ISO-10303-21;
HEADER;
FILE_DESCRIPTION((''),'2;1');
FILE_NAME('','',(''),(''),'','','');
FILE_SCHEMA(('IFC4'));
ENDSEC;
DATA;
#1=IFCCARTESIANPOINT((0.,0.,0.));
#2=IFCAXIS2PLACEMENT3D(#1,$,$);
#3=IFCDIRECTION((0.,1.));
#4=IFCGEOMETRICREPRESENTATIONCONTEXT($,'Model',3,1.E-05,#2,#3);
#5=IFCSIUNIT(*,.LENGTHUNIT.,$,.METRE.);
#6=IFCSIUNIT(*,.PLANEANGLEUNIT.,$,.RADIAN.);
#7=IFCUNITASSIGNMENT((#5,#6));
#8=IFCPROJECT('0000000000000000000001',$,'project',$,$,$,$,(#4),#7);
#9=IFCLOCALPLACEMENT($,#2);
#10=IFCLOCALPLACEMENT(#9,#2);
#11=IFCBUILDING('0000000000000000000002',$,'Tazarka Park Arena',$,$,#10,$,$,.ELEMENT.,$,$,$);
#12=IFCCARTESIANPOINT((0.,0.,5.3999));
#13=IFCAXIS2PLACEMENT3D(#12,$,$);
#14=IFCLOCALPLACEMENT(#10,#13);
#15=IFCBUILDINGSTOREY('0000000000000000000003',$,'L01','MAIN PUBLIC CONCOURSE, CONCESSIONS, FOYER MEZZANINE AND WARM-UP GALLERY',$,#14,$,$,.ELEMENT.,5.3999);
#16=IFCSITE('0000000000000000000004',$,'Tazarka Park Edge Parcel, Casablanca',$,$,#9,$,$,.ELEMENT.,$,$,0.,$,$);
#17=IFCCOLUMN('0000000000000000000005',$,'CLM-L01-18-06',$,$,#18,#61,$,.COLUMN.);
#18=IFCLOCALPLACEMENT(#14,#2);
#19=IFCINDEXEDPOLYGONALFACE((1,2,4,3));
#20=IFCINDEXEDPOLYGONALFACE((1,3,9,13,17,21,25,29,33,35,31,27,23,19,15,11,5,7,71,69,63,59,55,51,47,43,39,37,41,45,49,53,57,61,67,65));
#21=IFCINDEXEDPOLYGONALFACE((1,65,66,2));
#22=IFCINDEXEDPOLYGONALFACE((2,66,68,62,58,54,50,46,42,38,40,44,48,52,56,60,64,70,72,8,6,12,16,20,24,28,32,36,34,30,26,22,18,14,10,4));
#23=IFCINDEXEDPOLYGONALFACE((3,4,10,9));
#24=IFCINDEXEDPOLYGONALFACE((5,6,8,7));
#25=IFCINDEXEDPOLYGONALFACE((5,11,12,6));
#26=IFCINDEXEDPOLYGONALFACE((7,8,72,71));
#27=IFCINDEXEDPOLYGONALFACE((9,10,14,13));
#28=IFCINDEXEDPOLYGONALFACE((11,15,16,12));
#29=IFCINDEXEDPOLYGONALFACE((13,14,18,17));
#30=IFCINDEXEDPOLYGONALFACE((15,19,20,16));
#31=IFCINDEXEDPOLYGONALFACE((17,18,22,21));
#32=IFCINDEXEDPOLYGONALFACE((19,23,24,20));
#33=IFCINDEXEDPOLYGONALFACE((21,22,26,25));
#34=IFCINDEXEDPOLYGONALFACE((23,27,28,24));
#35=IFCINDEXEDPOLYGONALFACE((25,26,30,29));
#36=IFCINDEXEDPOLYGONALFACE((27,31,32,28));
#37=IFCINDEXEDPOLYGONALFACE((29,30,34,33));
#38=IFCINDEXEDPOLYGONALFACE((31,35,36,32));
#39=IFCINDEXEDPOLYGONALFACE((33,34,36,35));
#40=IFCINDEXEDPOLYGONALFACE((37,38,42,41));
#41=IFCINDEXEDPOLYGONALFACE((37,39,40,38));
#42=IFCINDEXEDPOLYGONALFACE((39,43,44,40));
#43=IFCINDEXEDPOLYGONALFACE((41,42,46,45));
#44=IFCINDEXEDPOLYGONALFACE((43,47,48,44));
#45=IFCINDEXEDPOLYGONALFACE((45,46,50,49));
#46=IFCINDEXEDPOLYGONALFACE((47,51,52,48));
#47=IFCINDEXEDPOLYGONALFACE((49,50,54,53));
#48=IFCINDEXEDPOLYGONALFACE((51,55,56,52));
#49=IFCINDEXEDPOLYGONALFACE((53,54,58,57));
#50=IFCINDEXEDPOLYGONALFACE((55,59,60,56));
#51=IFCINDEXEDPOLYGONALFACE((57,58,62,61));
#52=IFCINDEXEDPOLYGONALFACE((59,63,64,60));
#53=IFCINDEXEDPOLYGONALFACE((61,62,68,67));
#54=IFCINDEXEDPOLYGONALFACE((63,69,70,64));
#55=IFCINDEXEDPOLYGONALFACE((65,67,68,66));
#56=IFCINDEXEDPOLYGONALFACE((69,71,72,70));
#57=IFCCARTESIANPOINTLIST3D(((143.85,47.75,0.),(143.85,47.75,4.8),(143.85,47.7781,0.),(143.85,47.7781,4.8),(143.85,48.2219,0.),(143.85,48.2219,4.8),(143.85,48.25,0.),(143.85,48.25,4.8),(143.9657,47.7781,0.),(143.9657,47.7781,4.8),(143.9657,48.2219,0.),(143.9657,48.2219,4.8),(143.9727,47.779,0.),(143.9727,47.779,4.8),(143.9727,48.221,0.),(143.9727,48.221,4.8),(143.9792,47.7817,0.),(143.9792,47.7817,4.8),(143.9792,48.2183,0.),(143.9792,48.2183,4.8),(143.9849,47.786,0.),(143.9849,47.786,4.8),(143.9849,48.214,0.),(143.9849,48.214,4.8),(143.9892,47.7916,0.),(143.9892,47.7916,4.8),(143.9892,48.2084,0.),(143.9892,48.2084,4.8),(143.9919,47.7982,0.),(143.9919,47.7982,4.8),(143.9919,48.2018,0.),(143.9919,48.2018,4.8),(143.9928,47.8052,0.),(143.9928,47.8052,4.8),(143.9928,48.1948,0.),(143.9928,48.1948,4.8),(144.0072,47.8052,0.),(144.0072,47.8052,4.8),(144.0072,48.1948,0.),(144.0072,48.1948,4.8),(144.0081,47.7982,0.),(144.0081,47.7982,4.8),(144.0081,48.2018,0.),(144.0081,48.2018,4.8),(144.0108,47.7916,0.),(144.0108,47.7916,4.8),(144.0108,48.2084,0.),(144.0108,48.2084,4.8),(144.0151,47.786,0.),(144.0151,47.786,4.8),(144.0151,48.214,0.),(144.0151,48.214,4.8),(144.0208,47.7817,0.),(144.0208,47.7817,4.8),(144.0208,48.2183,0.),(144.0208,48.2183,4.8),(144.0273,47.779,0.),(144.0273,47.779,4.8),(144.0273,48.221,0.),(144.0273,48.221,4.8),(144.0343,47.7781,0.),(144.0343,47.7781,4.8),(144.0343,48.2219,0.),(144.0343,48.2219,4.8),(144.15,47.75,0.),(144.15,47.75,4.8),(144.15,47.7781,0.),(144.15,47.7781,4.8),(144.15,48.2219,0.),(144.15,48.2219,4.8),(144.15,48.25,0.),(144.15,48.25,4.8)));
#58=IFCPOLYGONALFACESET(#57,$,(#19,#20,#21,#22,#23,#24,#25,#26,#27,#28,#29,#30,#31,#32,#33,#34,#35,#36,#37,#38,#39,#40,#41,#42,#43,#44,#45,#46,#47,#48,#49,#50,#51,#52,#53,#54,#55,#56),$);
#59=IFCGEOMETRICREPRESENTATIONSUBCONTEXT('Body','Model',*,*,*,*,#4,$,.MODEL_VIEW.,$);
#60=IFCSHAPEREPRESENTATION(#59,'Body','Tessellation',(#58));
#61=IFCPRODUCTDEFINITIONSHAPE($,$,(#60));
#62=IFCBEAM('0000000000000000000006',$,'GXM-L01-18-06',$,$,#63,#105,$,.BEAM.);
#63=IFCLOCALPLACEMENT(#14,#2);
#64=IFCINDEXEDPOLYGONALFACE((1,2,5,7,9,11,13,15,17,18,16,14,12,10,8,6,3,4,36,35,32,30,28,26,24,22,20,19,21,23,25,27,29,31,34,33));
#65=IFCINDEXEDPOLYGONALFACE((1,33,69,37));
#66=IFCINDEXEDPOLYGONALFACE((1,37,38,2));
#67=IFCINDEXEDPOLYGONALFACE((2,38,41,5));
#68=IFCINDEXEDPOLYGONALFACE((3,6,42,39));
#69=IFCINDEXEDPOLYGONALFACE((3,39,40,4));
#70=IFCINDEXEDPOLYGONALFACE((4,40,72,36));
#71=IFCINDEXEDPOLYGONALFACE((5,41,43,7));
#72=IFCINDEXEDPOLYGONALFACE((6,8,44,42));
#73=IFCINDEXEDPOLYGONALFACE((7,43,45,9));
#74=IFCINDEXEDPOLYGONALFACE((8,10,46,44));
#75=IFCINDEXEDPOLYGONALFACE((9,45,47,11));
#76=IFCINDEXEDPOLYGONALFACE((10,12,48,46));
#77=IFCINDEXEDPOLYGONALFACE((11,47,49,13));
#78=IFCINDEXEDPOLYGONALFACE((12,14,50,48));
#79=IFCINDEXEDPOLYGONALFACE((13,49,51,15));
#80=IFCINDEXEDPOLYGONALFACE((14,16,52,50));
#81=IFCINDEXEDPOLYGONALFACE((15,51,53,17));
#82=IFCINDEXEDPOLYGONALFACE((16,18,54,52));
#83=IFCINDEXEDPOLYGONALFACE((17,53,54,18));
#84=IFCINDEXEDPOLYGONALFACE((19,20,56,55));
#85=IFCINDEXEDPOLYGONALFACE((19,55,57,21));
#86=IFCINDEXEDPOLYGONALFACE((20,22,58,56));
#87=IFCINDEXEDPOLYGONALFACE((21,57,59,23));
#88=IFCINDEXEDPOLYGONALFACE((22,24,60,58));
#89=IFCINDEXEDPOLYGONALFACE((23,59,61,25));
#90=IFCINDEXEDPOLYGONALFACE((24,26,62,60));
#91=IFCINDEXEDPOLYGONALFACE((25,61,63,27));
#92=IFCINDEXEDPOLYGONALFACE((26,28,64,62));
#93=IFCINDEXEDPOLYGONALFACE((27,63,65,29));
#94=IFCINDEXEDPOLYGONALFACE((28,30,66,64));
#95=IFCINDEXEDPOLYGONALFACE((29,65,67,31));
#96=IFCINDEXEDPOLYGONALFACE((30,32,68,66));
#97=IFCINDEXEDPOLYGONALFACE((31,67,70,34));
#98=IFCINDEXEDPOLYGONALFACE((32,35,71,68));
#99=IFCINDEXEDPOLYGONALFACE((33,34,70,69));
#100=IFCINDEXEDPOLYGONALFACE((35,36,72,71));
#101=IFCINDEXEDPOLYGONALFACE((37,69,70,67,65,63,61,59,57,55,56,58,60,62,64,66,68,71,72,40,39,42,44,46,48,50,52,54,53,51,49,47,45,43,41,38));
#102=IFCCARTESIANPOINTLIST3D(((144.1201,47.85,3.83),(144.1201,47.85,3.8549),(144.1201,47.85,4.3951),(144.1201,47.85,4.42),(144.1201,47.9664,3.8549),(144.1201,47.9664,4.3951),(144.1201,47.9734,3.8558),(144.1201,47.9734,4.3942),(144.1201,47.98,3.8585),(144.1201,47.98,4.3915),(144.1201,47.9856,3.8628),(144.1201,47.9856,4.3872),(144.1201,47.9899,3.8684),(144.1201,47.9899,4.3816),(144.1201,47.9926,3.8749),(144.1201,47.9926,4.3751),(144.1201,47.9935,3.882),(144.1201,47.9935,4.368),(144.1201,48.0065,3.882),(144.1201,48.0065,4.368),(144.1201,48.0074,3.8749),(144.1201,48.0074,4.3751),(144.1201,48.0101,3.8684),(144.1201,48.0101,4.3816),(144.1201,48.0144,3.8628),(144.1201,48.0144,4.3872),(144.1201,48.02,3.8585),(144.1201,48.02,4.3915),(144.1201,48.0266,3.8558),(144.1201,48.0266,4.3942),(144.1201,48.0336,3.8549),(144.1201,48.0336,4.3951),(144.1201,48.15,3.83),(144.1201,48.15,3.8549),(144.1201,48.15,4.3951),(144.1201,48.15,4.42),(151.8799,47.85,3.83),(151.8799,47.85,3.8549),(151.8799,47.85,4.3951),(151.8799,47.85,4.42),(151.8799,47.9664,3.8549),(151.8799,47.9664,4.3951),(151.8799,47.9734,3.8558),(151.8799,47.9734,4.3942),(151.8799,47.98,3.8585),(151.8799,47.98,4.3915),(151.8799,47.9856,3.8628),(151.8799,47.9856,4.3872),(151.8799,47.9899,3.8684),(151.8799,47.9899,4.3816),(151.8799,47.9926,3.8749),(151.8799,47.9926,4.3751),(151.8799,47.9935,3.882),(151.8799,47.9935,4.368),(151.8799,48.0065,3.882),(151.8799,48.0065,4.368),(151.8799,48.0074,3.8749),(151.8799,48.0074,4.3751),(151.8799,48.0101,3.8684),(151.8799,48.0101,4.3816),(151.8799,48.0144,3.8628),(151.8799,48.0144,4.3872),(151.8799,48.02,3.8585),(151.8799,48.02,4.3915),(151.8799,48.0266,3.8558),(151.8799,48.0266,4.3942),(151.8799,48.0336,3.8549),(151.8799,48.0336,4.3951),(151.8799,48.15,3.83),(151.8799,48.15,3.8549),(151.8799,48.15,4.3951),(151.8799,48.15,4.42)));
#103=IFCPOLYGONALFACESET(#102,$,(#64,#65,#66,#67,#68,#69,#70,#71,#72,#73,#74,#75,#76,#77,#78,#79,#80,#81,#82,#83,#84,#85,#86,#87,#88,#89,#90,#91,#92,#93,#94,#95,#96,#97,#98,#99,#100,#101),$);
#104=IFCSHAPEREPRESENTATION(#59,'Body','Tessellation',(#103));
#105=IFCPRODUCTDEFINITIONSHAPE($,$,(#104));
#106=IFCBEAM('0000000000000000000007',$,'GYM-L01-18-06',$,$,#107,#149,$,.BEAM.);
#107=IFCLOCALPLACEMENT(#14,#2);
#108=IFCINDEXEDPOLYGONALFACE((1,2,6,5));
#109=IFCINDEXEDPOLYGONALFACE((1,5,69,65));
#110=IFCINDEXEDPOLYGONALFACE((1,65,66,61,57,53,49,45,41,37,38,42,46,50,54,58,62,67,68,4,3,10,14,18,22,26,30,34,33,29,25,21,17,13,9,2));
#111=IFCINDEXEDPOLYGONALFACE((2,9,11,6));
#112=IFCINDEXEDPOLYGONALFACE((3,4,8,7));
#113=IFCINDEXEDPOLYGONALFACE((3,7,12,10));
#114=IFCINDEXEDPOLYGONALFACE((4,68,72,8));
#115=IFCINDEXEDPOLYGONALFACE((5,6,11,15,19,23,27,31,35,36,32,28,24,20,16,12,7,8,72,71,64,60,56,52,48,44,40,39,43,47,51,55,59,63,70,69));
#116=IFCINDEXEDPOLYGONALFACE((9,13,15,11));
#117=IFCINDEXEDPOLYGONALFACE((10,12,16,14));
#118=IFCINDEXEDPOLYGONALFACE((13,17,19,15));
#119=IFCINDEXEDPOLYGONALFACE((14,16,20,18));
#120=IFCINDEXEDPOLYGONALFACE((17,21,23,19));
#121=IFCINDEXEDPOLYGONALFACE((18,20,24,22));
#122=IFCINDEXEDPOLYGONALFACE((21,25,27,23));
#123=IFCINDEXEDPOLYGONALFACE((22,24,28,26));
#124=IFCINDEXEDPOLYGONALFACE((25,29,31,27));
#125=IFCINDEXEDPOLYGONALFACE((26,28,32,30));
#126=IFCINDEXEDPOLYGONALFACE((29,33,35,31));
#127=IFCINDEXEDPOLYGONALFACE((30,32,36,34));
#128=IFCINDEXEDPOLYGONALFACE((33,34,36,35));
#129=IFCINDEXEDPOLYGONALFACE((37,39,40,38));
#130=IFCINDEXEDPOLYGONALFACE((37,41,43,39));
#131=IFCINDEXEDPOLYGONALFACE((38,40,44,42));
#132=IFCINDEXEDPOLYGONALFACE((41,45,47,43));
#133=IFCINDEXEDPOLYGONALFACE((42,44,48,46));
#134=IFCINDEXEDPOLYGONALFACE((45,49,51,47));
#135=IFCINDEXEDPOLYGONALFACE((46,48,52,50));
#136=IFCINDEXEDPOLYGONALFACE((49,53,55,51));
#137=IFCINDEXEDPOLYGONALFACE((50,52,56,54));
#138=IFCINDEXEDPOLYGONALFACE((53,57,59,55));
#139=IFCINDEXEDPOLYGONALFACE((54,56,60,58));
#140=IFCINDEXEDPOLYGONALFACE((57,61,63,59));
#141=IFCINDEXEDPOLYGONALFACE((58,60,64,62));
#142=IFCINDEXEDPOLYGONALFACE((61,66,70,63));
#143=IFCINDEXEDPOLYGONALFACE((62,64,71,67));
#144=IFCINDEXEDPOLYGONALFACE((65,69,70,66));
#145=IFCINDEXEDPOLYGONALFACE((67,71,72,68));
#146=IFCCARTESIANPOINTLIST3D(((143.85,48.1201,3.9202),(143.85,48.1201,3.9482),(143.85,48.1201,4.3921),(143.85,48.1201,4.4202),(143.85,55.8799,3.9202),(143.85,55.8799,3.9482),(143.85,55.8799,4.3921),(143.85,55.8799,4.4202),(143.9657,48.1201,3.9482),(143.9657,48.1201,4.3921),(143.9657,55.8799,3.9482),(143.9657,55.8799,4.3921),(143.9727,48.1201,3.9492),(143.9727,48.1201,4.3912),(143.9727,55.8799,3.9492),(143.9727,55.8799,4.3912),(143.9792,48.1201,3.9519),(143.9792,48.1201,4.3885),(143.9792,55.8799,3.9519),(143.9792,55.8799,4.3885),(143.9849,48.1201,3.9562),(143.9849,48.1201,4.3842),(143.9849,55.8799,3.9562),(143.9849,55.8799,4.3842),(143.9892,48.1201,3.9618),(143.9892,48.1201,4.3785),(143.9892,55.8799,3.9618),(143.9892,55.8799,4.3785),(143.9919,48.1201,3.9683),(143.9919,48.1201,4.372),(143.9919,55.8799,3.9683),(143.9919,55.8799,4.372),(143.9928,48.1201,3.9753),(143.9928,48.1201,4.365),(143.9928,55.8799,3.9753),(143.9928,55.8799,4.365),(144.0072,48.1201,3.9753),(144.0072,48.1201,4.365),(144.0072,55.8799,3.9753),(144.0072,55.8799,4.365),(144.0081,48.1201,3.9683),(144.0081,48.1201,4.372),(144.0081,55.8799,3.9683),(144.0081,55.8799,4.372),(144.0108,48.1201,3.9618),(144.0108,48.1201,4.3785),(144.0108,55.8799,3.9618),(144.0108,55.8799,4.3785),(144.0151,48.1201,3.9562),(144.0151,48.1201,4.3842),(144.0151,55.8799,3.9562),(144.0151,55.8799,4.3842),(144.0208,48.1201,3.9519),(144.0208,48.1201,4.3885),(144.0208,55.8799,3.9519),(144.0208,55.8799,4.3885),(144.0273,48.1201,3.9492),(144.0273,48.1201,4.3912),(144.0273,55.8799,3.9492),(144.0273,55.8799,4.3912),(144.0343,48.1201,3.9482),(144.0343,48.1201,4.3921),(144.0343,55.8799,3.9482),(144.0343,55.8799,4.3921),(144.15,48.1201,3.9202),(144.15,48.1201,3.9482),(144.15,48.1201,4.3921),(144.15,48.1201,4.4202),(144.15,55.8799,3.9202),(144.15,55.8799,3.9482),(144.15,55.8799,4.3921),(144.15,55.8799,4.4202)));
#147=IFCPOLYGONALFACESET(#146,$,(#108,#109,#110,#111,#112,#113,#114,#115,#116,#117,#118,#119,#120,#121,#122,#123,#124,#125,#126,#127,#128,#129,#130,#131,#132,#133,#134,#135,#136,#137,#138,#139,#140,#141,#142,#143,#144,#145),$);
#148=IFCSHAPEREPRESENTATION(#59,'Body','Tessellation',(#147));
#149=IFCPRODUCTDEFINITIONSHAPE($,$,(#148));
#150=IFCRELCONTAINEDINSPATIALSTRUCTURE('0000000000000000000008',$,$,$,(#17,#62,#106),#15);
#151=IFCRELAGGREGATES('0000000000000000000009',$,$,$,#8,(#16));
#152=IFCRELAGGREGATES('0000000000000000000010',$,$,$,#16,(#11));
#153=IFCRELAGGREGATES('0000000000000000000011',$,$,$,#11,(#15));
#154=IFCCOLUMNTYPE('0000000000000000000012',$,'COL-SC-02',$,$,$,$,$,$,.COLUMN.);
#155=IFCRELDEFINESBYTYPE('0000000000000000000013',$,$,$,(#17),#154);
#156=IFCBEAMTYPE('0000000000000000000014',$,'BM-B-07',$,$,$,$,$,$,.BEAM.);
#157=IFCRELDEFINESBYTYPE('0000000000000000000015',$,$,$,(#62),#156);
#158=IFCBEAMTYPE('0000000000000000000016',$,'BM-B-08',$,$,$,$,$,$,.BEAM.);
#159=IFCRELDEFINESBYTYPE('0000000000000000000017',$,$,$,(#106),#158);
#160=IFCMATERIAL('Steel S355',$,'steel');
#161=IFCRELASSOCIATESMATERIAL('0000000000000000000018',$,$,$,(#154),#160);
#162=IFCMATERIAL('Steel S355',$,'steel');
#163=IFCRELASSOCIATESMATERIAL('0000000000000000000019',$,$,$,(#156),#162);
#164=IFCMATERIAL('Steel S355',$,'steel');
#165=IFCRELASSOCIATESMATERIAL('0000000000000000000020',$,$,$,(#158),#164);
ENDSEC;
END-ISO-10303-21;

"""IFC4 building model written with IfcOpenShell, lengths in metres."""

from ifc_helpers import new_model, si_unit, direction, frame, origin, origin_2d, place, context, subcontext, project, spatial, i_section, extrude, material, material_profile, profile_set, type_object, element, save


model = new_model("IFC4")

# Units and contexts
model_context = context("Model", 3, precision=1e-05, world=origin(), true_north=direction((0.0, 1.0)))
body_context = subcontext(model_context, "Body", "Model", "MODEL_VIEW")
ifc_project = project(units=[si_unit("LENGTHUNIT", "METRE"), si_unit("PLANEANGLEUNIT", "RADIAN")], contexts=[model_context])

# Site, building, storey
site_placement = place(None, origin())
site = spatial("IfcSite", under=ifc_project, at=site_placement, Name="Tazarka Park Edge Parcel, Casablanca", CompositionType="ELEMENT", RefElevation=0.0)
building_placement = place(site_placement, origin())
building = spatial("IfcBuilding", under=site, at=building_placement, Name="Tazarka Park Arena", CompositionType="ELEMENT")
storey_placement = place(building_placement, frame((0.0, 0.0, 5.3999)))
storey = spatial("IfcBuildingStorey", under=building, at=storey_placement, Name="L01", Description="MAIN PUBLIC CONCOURSE, CONCESSIONS, FOYER MEZZANINE AND WARM-UP GALLERY", CompositionType="ELEMENT", Elevation=5.3999)

# Column
ifc_material_1 = material(Name="Steel S355", Category="steel")
ifc_material_profile_1 = material_profile(ifc_material_1, i_section(OverallWidth=0.3, OverallDepth=0.5, WebThickness=0.0144, FlangeThickness=0.0281, FilletRadius=0.0271, at=origin_2d()), Name="Steel S355")
ifc_profile_set_1 = profile_set([ifc_material_profile_1], Name="Steel S355")
column_type = type_object("IfcColumnType", Name="COL-SC-02", PredefinedType="COLUMN", material=ifc_profile_set_1)
column_placement = place(storey_placement, frame((144.0, 48.0, 0.0), z_axis=(0.0, 0.0, 1.0), x_axis=(1.0, 0.0, 0.0)))
element("IfcColumn", 1, at=column_placement, inside=storey, type_object=column_type, Name="CLM-L01-18-06", PredefinedType="COLUMN", context=body_context, shape_type="SweptSolid", body=[
    extrude(i_section(OverallWidth=0.3, OverallDepth=0.5, WebThickness=0.0144, FlangeThickness=0.0281, FilletRadius=0.0271, at=origin_2d()), origin(), (0.0, 0.0, 1.0), 4.8),
])

# Beams
ifc_material_2 = material(Name="Steel S355", Category="steel")
ifc_material_profile_2 = material_profile(ifc_material_2, i_section(OverallWidth=0.3, OverallDepth=0.5901, WebThickness=0.0129, FlangeThickness=0.0249, FilletRadius=0.0271, at=origin_2d()), Name="Steel S355")
ifc_profile_set_2 = profile_set([ifc_material_profile_2], Name="Steel S355")
beam_type_1 = type_object("IfcBeamType", Name="BM-B-07", PredefinedType="BEAM", material=ifc_profile_set_2)
beam_1_placement = place(storey_placement, frame((144.1201, 48.0, 4.125), z_axis=(1.0, 0.0, 0.0), x_axis=(0.0, 1.0, 0.0)))
element("IfcBeam", 2, at=beam_1_placement, inside=storey, type_object=beam_type_1, Name="GXM-L01-18-06", PredefinedType="BEAM", context=body_context, shape_type="SweptSolid", body=[
    extrude(i_section(OverallWidth=0.3, OverallDepth=0.5901, WebThickness=0.0129, FlangeThickness=0.0249, FilletRadius=0.0271, at=origin_2d()), origin(), (0.0, 0.0, 1.0), 7.7598),
])
ifc_material_3 = material(Name="Steel S355", Category="steel")
ifc_material_profile_3 = material_profile(ifc_material_3, i_section(OverallWidth=0.3, OverallDepth=0.5, WebThickness=0.0144, FlangeThickness=0.0281, FilletRadius=0.0271, at=origin_2d()), Name="Steel S355")
ifc_profile_set_3 = profile_set([ifc_material_profile_3], Name="Steel S355")
beam_type_2 = type_object("IfcBeamType", Name="BM-B-08", PredefinedType="BEAM", material=ifc_profile_set_3)
beam_2_placement = place(storey_placement, frame((144.0, 48.1201, 4.1702), z_axis=(0.0, 1.0, 0.0), x_axis=(-1.0, 0.0, 0.0)))
element("IfcBeam", 3, at=beam_2_placement, inside=storey, type_object=beam_type_2, Name="GYM-L01-18-06", PredefinedType="BEAM", context=body_context, shape_type="SweptSolid", body=[
    extrude(i_section(OverallWidth=0.3, OverallDepth=0.5, WebThickness=0.0144, FlangeThickness=0.0281, FilletRadius=0.0271, at=origin_2d()), origin(), (0.0, 0.0, 1.0), 7.7598),
])

save(model, "model.ifc")
